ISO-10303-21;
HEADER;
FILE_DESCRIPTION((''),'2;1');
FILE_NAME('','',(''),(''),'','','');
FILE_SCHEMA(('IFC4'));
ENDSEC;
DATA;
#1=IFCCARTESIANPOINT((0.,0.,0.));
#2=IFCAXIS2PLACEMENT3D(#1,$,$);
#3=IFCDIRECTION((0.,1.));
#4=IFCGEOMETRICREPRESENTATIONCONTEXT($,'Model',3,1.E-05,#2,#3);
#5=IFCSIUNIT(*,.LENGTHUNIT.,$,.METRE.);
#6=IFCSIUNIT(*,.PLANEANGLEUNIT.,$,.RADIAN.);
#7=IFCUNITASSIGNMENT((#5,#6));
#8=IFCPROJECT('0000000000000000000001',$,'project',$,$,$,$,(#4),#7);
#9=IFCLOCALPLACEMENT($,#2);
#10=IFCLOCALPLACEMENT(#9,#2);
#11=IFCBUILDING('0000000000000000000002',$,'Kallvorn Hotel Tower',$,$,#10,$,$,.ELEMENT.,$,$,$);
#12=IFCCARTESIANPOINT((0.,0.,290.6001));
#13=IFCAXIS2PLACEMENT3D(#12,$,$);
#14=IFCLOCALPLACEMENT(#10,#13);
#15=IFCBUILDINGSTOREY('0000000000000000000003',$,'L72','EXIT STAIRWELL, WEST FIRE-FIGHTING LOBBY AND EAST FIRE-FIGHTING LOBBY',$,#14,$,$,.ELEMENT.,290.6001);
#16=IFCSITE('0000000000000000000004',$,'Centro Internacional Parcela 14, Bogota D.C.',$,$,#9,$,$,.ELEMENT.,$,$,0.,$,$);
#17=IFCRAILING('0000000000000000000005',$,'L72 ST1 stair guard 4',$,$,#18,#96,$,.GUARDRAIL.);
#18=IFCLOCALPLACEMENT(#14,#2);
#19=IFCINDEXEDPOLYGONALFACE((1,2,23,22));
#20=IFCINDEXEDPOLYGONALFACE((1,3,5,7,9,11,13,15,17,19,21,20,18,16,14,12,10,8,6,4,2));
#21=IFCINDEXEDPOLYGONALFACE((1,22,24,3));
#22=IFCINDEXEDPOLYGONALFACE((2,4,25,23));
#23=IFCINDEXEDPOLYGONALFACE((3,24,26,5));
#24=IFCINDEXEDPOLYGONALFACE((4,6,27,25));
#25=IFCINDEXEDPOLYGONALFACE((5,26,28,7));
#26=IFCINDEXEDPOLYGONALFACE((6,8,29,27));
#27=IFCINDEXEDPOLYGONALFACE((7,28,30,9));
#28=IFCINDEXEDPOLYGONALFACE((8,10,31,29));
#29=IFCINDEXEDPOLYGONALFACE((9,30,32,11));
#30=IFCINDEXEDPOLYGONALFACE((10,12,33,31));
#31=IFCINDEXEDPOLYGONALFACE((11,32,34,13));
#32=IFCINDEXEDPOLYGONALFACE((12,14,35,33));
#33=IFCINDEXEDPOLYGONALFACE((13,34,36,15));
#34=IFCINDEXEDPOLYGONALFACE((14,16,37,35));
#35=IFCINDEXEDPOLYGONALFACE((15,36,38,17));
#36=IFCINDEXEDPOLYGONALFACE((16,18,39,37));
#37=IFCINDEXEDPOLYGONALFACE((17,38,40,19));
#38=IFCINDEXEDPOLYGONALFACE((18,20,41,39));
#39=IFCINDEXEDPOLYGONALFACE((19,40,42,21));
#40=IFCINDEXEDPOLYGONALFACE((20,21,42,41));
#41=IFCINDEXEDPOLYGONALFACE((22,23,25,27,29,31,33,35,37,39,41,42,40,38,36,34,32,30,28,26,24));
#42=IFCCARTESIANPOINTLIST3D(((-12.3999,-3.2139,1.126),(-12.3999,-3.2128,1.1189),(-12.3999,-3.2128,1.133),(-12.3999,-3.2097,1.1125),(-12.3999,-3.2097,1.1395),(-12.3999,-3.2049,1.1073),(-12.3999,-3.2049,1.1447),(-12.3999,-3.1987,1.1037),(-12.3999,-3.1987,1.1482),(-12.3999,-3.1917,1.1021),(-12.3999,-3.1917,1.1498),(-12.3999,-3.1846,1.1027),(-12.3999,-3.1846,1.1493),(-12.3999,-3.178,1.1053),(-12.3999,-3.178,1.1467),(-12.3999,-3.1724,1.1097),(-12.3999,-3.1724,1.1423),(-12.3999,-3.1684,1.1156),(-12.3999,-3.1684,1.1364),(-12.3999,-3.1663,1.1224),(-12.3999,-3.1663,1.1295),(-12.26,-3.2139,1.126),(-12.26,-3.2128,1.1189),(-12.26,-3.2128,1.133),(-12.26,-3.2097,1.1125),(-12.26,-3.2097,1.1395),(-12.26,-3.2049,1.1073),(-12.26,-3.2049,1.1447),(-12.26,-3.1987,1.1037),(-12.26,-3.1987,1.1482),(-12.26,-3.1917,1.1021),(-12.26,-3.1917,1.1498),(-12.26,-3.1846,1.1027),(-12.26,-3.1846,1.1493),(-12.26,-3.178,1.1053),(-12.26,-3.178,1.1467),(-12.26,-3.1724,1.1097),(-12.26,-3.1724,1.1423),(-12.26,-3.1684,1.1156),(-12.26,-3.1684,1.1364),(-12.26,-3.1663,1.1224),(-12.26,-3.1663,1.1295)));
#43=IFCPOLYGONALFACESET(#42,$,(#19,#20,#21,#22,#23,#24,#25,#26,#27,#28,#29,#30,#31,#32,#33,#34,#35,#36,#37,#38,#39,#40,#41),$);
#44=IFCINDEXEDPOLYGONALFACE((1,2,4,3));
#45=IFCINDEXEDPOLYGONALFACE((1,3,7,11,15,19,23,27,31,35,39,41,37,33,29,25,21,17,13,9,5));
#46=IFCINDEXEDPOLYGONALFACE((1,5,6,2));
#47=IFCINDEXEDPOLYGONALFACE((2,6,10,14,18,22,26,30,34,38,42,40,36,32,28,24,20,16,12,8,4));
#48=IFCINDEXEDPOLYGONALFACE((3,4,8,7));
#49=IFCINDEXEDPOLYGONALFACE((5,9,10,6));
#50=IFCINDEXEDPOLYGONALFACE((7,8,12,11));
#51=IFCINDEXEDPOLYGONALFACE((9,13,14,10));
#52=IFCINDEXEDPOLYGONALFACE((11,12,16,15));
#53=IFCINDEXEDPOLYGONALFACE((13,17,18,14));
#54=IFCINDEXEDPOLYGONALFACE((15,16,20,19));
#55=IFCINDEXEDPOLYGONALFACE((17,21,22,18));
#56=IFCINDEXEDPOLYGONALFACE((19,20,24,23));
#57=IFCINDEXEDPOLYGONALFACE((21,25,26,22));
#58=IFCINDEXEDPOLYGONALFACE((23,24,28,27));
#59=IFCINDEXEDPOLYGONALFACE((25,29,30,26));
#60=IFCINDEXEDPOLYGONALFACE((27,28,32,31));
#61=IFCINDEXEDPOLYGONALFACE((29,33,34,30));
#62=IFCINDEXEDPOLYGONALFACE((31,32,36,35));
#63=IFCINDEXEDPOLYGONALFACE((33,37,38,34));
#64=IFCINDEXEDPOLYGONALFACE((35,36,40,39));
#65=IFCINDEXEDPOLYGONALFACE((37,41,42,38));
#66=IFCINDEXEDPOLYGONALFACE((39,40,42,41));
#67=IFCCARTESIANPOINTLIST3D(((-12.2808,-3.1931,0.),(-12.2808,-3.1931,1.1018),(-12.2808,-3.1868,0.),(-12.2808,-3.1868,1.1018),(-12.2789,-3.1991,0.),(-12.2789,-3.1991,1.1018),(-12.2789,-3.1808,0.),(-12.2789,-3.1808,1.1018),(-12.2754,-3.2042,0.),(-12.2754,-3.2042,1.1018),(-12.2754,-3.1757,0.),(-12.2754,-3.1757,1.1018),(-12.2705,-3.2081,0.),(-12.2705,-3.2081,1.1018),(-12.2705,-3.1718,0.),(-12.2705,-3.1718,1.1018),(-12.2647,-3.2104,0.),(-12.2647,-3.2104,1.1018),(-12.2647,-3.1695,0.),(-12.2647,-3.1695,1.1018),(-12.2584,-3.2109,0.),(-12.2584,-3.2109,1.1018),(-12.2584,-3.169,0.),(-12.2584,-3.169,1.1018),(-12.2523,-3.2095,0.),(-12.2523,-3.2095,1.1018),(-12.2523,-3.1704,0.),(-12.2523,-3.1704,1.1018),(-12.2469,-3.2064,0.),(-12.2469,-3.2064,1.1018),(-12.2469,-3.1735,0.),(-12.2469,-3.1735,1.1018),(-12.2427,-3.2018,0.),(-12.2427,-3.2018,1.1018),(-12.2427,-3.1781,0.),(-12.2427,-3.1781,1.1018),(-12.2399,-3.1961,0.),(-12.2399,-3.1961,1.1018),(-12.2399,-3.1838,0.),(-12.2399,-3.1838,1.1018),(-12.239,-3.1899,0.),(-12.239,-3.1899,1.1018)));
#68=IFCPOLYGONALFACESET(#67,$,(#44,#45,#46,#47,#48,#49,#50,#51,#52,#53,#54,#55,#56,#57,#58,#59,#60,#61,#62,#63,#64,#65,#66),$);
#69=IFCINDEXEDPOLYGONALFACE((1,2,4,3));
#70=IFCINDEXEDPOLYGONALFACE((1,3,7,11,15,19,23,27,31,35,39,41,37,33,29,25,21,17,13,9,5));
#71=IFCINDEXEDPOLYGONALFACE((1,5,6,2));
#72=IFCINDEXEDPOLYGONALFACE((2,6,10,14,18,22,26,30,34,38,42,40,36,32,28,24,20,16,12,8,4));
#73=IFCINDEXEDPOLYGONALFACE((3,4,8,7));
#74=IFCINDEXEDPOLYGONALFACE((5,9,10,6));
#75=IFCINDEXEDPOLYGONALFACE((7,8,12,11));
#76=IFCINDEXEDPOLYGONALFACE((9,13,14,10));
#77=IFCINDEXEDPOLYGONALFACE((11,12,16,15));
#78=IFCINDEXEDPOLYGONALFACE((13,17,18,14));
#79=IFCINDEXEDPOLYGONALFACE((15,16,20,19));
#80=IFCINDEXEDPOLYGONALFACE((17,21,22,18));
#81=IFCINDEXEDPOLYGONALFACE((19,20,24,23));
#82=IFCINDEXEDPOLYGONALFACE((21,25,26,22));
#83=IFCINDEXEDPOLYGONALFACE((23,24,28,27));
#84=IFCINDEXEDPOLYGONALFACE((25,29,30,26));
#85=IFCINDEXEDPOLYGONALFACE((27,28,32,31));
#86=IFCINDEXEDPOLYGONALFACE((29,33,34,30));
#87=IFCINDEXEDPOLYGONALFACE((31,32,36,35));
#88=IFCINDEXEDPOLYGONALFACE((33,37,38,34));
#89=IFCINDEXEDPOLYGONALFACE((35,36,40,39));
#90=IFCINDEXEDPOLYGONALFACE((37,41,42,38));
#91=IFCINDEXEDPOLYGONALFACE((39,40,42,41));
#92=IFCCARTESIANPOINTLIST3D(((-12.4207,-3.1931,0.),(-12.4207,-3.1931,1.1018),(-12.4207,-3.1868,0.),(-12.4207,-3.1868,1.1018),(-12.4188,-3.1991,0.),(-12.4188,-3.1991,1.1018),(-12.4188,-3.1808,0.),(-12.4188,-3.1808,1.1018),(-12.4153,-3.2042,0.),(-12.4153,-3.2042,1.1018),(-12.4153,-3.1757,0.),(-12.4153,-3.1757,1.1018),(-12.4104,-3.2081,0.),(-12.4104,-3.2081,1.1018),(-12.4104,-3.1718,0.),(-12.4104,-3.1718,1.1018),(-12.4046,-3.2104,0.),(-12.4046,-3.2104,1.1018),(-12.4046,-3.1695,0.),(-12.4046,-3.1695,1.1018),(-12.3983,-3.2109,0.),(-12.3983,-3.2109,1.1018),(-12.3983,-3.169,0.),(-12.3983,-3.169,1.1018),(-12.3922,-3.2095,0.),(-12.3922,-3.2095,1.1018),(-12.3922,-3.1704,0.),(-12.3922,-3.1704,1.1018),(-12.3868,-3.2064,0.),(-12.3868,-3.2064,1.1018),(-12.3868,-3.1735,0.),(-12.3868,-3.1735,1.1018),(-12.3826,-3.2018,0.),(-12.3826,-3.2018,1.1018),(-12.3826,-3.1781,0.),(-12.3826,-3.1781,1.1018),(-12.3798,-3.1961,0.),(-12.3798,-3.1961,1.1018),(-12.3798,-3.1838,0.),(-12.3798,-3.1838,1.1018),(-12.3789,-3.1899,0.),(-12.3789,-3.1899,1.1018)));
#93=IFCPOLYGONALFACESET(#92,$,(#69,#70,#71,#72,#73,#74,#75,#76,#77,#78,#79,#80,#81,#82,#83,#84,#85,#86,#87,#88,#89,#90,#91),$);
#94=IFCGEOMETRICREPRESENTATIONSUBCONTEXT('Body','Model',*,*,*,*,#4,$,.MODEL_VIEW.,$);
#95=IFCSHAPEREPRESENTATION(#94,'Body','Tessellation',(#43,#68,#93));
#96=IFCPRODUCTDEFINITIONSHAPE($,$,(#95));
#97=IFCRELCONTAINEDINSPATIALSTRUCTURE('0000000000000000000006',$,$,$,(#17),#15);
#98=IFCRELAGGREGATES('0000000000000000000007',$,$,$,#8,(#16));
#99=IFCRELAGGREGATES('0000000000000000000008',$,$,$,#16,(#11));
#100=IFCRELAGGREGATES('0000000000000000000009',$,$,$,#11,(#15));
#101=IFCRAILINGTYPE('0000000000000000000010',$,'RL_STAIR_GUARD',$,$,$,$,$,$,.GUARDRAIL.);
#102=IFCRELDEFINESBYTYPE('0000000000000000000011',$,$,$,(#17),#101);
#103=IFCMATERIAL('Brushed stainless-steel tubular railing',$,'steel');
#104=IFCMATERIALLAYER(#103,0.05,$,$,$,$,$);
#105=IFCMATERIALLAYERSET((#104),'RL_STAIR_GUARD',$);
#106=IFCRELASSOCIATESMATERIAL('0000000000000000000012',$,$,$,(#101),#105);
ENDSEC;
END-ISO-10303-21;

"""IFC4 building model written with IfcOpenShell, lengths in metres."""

from ifc_helpers import new_model, si_unit, direction, frame, origin, origin_2d, place, context, subcontext, project, spatial, circle, extrude, material, layer, layer_set, type_object, element, save


model = new_model("IFC4")

# Units and contexts
model_context = context("Model", 3, precision=1e-05, world=origin(), true_north=direction((0.0, 1.0)))
body_context = subcontext(model_context, "Body", "Model", "MODEL_VIEW")
ifc_project = project(units=[si_unit("LENGTHUNIT", "METRE"), si_unit("PLANEANGLEUNIT", "RADIAN")], contexts=[model_context])

# Site, building, storey
site_placement = place(None, origin())
site = spatial("IfcSite", under=ifc_project, at=site_placement, Name="Centro Internacional Parcela 14, Bogota D.C.", CompositionType="ELEMENT", RefElevation=0.0)
building_placement = place(site_placement, origin())
building = spatial("IfcBuilding", under=site, at=building_placement, Name="Kallvorn Hotel Tower", CompositionType="ELEMENT")
storey_placement = place(building_placement, frame((0.0, 0.0, 290.6001)))
storey = spatial("IfcBuildingStorey", under=building, at=storey_placement, Name="L72", Description="EXIT STAIRWELL, WEST FIRE-FIGHTING LOBBY AND EAST FIRE-FIGHTING LOBBY", CompositionType="ELEMENT", Elevation=290.6001)

# Railing
ifc_material_1 = material(Name="Brushed stainless-steel tubular railing", Category="steel")
ifc_layer_1 = layer(ifc_material_1, 0.05)
ifc_layer_set_1 = layer_set([ifc_layer_1], Name="RL_STAIR_GUARD")
railing_type_1 = type_object("IfcRailingType", Name="RL_STAIR_GUARD", PredefinedType="GUARDRAIL", material=ifc_layer_set_1)
railing_1_placement = place(storey_placement, frame((-12.26, -3.1899, 0.0)))
element("IfcRailing", 1, at=railing_1_placement, inside=storey, type_object=railing_type_1, Name="L72 ST1 stair guard 4", PredefinedType="GUARDRAIL", context=body_context, shape_type="SweptSolid", body=[
    extrude(circle(Radius=0.0239, at=origin_2d()), frame((0.0, 0.0, 1.126), z_axis=(-1.0, 0.0, 0.0), x_axis=(0.0, -1.0, 0.0)), (0.0, 0.0, 1.0), 0.1399),
    extrude(circle(Radius=0.021, at=origin_2d()), origin(), (0.0, 0.0, 1.0), 1.1018),
    extrude(circle(Radius=0.021, at=origin_2d()), frame((-0.1399, 0.0, 0.0)), (0.0, 0.0, 1.0), 1.1018),
])

save(model, "model.ifc")
